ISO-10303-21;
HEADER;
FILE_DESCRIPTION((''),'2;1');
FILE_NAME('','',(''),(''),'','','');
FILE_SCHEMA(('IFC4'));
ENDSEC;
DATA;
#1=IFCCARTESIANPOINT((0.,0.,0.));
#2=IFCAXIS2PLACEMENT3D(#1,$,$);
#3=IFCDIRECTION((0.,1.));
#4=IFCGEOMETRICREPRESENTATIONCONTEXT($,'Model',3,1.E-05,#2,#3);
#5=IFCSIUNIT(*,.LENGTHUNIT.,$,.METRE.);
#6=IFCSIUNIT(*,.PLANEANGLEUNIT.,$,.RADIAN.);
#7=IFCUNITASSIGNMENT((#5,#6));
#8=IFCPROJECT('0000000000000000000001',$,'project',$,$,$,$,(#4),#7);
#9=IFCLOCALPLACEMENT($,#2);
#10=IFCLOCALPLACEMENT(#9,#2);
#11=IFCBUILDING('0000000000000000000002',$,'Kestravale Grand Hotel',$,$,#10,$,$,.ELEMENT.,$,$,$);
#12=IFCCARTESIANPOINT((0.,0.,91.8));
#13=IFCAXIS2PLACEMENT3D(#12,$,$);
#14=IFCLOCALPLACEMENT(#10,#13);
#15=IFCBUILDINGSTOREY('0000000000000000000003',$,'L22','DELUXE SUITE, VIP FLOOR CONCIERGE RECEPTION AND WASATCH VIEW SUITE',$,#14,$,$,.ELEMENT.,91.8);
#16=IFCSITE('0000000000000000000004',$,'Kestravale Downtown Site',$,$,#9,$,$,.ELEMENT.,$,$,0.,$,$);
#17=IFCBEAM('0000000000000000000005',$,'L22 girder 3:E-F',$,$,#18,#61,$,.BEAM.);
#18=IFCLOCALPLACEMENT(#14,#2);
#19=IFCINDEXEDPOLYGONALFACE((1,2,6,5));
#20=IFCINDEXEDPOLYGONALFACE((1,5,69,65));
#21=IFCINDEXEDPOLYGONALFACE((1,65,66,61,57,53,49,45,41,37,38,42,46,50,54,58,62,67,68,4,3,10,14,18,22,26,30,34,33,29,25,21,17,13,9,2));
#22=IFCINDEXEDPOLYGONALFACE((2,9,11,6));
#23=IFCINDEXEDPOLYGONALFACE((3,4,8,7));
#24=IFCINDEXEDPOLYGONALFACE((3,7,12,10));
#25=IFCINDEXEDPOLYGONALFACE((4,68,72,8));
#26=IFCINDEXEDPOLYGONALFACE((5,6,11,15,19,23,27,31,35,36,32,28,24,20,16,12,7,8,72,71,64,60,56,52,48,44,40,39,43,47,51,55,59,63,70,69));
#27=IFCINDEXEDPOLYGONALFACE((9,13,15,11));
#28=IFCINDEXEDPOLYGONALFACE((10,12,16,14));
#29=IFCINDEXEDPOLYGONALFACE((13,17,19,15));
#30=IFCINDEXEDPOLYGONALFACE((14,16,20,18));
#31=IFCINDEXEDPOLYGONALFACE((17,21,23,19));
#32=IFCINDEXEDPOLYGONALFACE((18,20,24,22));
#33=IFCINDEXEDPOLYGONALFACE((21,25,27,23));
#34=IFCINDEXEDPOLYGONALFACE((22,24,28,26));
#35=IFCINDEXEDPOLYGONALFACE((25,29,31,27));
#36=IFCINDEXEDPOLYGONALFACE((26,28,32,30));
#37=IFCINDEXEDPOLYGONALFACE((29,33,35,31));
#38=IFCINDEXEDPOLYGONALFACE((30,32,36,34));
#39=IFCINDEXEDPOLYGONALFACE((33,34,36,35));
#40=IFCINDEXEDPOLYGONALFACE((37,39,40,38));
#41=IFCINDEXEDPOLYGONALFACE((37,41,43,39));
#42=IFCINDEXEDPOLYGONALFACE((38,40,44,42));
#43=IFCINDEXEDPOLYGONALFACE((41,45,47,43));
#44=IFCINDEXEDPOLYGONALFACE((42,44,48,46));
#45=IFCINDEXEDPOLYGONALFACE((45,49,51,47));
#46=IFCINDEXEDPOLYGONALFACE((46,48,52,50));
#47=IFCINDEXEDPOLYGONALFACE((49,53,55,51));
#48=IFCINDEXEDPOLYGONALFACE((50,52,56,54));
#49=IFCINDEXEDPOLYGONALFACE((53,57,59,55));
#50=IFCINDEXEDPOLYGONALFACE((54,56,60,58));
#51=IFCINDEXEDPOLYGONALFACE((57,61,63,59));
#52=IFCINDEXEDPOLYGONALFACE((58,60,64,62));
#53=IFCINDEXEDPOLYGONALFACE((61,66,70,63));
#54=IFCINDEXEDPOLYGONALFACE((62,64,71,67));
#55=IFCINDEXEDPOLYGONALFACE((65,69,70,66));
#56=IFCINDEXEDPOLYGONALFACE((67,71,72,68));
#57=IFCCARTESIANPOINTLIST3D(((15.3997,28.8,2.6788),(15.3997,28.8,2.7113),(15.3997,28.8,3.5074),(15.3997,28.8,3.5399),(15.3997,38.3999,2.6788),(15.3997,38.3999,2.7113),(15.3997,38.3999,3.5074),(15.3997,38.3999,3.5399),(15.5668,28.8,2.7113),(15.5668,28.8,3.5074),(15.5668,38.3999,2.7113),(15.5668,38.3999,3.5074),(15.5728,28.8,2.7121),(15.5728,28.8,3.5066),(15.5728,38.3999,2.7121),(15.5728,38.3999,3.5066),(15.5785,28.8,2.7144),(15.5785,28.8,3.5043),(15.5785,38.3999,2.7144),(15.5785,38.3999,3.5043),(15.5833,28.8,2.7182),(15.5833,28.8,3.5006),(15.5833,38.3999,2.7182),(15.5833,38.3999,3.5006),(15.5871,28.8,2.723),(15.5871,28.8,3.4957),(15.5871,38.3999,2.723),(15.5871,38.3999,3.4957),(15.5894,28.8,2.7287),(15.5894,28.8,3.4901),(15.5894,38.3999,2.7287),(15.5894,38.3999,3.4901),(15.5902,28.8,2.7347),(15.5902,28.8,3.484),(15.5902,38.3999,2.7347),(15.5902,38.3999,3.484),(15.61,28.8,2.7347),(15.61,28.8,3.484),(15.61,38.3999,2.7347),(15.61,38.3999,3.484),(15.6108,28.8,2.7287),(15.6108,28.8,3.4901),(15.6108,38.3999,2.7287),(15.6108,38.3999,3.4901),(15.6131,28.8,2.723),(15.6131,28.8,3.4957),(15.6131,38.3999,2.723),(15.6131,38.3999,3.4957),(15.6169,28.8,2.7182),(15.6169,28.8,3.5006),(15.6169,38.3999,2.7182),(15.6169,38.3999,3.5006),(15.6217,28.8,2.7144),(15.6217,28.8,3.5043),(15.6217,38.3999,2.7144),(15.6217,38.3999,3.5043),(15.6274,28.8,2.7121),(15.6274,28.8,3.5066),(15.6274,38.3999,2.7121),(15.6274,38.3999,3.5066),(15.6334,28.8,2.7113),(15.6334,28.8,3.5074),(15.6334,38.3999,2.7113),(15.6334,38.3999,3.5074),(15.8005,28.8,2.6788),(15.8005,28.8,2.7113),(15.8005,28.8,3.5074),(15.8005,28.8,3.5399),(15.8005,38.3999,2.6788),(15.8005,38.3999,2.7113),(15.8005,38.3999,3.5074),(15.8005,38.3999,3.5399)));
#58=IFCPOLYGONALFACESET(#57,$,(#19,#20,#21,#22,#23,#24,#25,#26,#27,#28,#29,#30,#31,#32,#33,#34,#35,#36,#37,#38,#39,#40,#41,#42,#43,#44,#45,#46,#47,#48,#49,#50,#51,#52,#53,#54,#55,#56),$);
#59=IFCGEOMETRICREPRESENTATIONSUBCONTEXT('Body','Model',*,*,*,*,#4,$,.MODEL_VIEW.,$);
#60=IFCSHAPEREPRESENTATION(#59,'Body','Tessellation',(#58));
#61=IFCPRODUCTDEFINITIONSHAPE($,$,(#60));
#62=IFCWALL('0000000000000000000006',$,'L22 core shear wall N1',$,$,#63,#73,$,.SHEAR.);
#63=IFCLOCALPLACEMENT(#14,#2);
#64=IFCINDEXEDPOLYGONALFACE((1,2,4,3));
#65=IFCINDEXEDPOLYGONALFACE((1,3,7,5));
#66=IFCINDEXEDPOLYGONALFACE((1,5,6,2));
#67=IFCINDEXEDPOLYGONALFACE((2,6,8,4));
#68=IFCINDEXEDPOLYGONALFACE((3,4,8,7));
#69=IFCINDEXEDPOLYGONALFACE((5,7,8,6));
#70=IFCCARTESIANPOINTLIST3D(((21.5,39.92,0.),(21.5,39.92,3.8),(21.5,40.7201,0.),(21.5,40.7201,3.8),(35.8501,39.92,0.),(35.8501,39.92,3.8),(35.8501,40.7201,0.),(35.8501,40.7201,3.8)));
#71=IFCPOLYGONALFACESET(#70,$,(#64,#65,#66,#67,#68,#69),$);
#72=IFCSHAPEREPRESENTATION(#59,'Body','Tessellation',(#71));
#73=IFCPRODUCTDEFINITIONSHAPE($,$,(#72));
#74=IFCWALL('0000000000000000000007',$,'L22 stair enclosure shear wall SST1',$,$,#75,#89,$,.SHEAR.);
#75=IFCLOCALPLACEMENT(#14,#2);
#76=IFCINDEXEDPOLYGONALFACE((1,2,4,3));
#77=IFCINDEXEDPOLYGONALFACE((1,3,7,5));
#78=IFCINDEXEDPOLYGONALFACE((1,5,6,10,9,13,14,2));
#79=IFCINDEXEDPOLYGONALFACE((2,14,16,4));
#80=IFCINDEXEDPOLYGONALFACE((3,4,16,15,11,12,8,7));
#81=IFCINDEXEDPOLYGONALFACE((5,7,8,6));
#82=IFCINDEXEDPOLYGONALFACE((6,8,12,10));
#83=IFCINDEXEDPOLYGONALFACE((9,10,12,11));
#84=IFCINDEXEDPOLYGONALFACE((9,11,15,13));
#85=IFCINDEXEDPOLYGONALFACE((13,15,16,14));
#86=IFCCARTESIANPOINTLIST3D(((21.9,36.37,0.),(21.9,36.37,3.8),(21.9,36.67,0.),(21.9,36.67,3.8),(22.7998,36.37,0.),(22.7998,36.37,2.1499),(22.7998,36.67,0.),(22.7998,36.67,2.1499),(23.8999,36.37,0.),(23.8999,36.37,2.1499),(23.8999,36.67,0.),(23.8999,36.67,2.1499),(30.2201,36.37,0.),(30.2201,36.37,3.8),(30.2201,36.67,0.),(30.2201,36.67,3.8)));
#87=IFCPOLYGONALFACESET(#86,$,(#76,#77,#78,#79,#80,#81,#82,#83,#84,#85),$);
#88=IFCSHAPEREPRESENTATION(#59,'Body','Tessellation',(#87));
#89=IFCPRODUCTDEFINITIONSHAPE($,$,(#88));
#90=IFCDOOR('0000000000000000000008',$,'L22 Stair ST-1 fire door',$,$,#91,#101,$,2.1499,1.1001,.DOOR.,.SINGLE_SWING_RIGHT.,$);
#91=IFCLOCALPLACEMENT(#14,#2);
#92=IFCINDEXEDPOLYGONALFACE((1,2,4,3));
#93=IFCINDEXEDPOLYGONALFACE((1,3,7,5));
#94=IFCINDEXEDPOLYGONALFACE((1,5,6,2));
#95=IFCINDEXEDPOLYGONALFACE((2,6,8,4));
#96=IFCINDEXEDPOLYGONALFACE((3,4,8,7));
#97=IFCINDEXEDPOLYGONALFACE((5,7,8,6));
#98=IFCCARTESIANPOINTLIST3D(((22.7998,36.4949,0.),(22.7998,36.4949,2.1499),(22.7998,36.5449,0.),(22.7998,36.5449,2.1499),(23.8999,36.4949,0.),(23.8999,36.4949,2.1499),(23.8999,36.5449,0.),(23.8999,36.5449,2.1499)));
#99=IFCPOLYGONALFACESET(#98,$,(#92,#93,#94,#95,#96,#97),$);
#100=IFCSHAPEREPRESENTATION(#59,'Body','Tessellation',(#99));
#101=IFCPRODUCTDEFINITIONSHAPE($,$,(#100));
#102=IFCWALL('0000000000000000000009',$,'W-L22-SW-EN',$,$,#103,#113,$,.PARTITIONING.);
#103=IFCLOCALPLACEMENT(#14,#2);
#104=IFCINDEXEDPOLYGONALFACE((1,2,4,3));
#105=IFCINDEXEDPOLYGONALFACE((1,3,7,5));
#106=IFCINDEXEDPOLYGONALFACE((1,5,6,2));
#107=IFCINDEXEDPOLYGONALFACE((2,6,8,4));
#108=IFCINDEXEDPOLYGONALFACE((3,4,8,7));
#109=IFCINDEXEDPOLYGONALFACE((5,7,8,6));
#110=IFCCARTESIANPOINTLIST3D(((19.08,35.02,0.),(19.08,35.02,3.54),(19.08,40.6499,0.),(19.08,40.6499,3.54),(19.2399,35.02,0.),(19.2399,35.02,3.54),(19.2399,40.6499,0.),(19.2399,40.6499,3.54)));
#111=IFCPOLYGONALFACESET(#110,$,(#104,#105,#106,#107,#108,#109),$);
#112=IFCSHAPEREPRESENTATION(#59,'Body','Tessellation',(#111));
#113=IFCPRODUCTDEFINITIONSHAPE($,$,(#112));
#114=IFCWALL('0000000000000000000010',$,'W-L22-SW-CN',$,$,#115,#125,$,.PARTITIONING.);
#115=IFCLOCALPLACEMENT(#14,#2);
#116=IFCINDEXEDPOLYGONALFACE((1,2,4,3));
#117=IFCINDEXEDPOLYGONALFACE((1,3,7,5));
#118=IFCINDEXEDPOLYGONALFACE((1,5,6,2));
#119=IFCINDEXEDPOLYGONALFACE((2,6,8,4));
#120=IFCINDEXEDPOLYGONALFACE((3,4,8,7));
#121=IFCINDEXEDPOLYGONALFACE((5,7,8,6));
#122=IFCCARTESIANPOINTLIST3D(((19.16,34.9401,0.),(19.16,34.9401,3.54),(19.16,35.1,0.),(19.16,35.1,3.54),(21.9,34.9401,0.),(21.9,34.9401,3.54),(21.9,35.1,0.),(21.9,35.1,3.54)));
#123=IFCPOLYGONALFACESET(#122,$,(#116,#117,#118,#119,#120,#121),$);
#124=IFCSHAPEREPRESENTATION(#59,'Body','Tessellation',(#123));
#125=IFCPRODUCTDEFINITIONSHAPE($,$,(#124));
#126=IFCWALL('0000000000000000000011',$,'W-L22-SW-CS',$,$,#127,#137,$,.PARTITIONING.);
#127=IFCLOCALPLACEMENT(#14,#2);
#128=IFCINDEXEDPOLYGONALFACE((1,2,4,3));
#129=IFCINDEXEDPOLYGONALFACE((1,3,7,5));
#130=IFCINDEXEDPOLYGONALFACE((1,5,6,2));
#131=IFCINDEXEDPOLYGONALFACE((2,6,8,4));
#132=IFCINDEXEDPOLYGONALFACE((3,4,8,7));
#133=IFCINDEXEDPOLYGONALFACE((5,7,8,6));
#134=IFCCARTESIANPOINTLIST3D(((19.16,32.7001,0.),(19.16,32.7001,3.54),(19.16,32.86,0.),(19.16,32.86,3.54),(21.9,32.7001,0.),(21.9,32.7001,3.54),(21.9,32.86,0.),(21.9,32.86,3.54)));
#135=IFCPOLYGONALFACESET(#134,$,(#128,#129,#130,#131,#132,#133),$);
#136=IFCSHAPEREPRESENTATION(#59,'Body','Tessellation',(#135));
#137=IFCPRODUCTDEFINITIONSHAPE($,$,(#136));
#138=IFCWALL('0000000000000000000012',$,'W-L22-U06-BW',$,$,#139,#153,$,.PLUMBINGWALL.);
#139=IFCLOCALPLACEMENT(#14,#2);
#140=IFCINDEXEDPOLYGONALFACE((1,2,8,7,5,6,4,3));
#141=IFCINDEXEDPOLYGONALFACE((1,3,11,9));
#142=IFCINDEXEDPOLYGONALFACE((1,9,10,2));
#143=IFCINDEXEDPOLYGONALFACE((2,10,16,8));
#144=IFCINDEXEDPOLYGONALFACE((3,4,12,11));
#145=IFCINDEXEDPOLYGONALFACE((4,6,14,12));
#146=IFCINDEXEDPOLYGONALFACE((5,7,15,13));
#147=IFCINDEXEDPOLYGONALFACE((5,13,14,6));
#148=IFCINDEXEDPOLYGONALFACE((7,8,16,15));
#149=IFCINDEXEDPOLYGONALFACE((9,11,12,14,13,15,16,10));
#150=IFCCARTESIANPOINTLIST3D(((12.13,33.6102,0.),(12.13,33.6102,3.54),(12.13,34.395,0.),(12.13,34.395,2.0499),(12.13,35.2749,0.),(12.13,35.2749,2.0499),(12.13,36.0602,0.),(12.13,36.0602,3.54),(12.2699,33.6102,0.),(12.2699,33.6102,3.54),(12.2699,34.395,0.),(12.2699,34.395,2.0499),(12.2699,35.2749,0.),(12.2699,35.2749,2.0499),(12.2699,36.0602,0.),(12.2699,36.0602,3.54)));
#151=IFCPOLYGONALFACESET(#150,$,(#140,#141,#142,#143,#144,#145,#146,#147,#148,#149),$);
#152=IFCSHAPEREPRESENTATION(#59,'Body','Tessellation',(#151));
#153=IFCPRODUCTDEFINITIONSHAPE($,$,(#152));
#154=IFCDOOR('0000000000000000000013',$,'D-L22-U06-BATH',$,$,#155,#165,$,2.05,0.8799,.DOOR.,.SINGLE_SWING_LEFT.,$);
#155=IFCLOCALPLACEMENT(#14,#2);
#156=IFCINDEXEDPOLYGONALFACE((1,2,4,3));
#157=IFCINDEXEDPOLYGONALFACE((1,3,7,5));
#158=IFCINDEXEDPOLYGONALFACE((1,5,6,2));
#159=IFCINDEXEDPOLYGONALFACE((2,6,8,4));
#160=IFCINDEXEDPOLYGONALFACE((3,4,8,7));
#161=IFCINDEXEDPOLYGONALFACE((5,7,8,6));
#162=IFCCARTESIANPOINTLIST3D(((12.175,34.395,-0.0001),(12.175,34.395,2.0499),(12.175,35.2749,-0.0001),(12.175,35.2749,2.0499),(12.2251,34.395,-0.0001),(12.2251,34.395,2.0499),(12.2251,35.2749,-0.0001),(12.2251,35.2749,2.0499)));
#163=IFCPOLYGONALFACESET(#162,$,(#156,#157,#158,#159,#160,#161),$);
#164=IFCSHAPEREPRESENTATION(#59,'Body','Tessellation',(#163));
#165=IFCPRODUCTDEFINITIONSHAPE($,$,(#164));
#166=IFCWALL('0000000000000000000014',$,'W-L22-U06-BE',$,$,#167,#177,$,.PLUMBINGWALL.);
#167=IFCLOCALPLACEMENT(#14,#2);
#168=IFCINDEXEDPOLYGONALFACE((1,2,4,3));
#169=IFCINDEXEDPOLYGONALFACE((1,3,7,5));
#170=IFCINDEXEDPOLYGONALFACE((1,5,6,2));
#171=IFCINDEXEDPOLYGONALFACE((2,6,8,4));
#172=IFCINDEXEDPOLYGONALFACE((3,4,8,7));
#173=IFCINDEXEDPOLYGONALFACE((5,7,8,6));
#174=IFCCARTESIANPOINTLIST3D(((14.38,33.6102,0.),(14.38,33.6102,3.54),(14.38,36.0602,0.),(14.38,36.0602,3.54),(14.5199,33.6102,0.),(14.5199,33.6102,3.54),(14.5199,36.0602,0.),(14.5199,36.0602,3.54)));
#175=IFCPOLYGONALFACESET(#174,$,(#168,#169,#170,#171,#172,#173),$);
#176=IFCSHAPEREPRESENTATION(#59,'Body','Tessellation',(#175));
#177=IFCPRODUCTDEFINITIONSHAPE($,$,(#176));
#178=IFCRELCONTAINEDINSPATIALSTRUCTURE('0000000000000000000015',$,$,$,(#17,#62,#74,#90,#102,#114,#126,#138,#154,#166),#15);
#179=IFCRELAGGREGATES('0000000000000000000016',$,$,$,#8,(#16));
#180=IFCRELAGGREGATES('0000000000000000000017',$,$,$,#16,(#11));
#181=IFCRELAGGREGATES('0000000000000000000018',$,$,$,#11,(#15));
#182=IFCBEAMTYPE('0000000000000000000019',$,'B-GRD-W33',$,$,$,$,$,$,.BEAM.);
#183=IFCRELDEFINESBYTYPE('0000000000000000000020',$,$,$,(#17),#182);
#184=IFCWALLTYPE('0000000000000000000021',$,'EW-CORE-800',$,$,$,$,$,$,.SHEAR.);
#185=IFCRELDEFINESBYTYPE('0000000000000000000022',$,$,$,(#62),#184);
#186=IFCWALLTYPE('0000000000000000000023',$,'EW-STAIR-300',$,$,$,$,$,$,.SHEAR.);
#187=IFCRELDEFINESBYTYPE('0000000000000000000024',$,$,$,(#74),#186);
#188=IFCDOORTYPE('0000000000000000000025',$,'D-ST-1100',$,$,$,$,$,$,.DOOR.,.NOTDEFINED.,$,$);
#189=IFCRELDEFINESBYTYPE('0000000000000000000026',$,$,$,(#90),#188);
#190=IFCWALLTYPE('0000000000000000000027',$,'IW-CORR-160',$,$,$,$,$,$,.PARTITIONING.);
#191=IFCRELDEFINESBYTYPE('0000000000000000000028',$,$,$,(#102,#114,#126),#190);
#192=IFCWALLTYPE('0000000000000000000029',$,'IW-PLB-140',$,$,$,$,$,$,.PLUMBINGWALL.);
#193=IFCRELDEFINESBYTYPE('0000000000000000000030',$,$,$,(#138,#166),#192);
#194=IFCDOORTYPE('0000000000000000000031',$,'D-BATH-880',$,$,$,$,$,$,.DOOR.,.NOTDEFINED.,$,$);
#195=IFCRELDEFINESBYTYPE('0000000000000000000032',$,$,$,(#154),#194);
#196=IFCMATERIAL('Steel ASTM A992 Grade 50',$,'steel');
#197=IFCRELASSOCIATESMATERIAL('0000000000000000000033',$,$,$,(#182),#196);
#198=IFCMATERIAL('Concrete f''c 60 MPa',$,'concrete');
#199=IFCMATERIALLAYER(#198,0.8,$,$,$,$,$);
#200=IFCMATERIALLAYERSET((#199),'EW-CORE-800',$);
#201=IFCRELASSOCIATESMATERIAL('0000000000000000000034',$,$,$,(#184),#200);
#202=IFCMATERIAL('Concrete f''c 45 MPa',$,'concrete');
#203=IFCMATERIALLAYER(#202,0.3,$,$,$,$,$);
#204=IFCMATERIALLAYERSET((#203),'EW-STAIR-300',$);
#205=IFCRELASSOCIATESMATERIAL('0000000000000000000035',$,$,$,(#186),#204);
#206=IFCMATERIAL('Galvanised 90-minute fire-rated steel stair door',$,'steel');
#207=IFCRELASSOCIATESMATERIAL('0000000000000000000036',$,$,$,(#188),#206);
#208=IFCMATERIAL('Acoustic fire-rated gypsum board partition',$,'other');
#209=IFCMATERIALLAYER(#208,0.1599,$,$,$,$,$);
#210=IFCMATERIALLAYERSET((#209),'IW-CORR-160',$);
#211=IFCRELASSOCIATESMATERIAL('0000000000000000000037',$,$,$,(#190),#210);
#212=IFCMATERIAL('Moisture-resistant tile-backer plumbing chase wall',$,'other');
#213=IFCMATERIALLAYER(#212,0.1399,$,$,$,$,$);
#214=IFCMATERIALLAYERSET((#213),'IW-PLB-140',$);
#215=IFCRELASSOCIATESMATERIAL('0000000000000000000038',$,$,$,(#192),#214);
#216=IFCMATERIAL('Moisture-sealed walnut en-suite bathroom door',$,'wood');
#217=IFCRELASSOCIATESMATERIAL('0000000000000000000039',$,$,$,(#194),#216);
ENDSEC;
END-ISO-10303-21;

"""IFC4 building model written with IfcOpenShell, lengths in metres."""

from ifc_helpers import new_model, si_unit, direction, frame, frame_2d, origin, origin_2d, place, context, subcontext, project, spatial, rectangle, i_section, extrude, material, layer, layer_set, material_profile, profile_set, type_object, element, fill, save


model = new_model("IFC4")

# Units and contexts
model_context = context("Model", 3, precision=1e-05, world=origin(), true_north=direction((0.0, 1.0)))
body_context = subcontext(model_context, "Body", "Model", "MODEL_VIEW")
ifc_project = project(units=[si_unit("LENGTHUNIT", "METRE"), si_unit("PLANEANGLEUNIT", "RADIAN")], contexts=[model_context])

# Site, building, storey
site_placement = place(None, origin())
site = spatial("IfcSite", under=ifc_project, at=site_placement, Name="Kestravale Downtown Site", CompositionType="ELEMENT", RefElevation=0.0)
building_placement = place(site_placement, origin())
building = spatial("IfcBuilding", under=site, at=building_placement, Name="Kestravale Grand Hotel", CompositionType="ELEMENT")
storey_placement = place(building_placement, frame((0.0, 0.0, 91.8)))
storey = spatial("IfcBuildingStorey", under=building, at=storey_placement, Name="L22", Description="DELUXE SUITE, VIP FLOOR CONCIERGE RECEPTION AND WASATCH VIEW SUITE", CompositionType="ELEMENT", Elevation=91.8)

# Beam
ifc_material_1 = material(Name="Steel ASTM A992 Grade 50", Category="steel")
ifc_material_profile_1 = material_profile(ifc_material_1, i_section(OverallWidth=0.4009, OverallDepth=0.8611, WebThickness=0.0198, FlangeThickness=0.0325, FilletRadius=0.0234, at=origin_2d()))
ifc_profile_set_1 = profile_set([ifc_material_profile_1], Name="Steel ASTM A992 Grade 50")
beam_type_1 = type_object("IfcBeamType", Name="B-GRD-W33", PredefinedType="BEAM", material=ifc_profile_set_1)
beam_1_placement = place(storey_placement, frame((15.6001, 28.8, 3.1094), z_axis=(0.0, 1.0, 0.0), x_axis=(-1.0, 0.0, 0.0)))
element("IfcBeam", 1, at=beam_1_placement, inside=storey, type_object=beam_type_1, Name="L22 girder 3:E-F", PredefinedType="BEAM", context=body_context, shape_type="SweptSolid", body=[
    extrude(i_section(OverallWidth=0.4009, OverallDepth=0.8611, WebThickness=0.0198, FlangeThickness=0.0325, FilletRadius=0.0234, at=origin_2d()), origin(), (0.0, 0.0, 1.0), 9.5999),
])

# Wall
ifc_material_2 = material(Name="Concrete f'c 60 MPa", Category="concrete")
ifc_layer_1 = layer(ifc_material_2, 0.8)
ifc_layer_set_1 = layer_set([ifc_layer_1], Name="EW-CORE-800")
wall_type_1 = type_object("IfcWallType", Name="EW-CORE-800", PredefinedType="SHEAR", material=ifc_layer_set_1)
wall_1_placement = place(storey_placement, frame((21.5, 40.3201, 0.0), z_axis=(0.0, 0.0, 1.0), x_axis=(1.0, 0.0, 0.0)))
element("IfcWall", 2, at=wall_1_placement, inside=storey, type_object=wall_type_1, Name="L22 core shear wall N1", PredefinedType="SHEAR", context=body_context, shape_type="SweptSolid", body=[
    extrude(rectangle(XDim=14.3501, YDim=0.8, at=frame_2d((7.175, 0.0))), origin(), (0.0, 0.0, 1.0), 3.8),
])

# Wall, opening, door
ifc_material_3 = material(Name="Concrete f'c 45 MPa", Category="concrete")
ifc_layer_2 = layer(ifc_material_3, 0.3)
ifc_layer_set_2 = layer_set([ifc_layer_2], Name="EW-STAIR-300")
wall_type_2 = type_object("IfcWallType", Name="EW-STAIR-300", PredefinedType="SHEAR", material=ifc_layer_set_2)
wall_2_placement = place(storey_placement, frame((21.8999, 36.52, 0.0), z_axis=(0.0, 0.0, 1.0), x_axis=(1.0, 0.0, 0.0)))
wall_2 = element("IfcWall", 3, at=wall_2_placement, inside=storey, type_object=wall_type_2, Name="L22 stair enclosure shear wall SST1", PredefinedType="SHEAR", context=body_context, shape_type="SweptSolid", body=[
    extrude(rectangle(XDim=8.3201, YDim=0.3, at=frame_2d((4.1602, 0.0))), origin(), (0.0, 0.0, 1.0), 3.8),
])
opening_1_placement = place(wall_2_placement, frame((0.8999, 0.0, 0.0)))
opening_1 = element("IfcOpeningElement", 4, at=opening_1_placement, cuts=wall_2, PredefinedType="OPENING", context=body_context, shape_type="SweptSolid", body=[
    extrude(rectangle(XDim=1.1001, YDim=2.1499, at=frame_2d((0.55, 1.075))), frame((0.0, 0.1599, 0.0), z_axis=(0.0, -1.0, 0.0), x_axis=(1.0, 0.0, 0.0)), (0.0, 0.0, 1.0), 0.3201),
])
ifc_material_4 = material(Name="Galvanised 90-minute fire-rated steel stair door", Category="steel")
door_type_1 = type_object("IfcDoorType", Name="D-ST-1100", OperationType="NOTDEFINED", PredefinedType="DOOR", material=ifc_material_4)
door_1_placement = place(opening_1_placement, origin())
door_1 = element("IfcDoor", 5, at=door_1_placement, inside=storey, type_object=door_type_1, Name="L22 Stair ST-1 fire door", OperationType="SINGLE_SWING_RIGHT", OverallHeight=2.1499, OverallWidth=1.1001, PredefinedType="DOOR", context=body_context, shape_type="SweptSolid", body=[
    extrude(rectangle(XDim=1.1001, YDim=2.1499, at=frame_2d((0.55, 1.075))), frame((0.0, 0.0249, 0.0), z_axis=(0.0, -1.0, 0.0), x_axis=(1.0, 0.0, 0.0)), (0.0, 0.0, 1.0), 0.05),
])
fill(opening_1, door_1)

# Walls
ifc_material_5 = material(Name="Acoustic fire-rated gypsum board partition", Category="other")
ifc_layer_3 = layer(ifc_material_5, 0.1599)
ifc_layer_set_3 = layer_set([ifc_layer_3], Name="IW-CORR-160")
wall_type_3 = type_object("IfcWallType", Name="IW-CORR-160", PredefinedType="PARTITIONING", material=ifc_layer_set_3)
wall_3_placement = place(storey_placement, frame((19.1599, 35.02, 0.0), z_axis=(0.0, 0.0, 1.0), x_axis=(0.0, 1.0, 0.0)))
element("IfcWall", 6, at=wall_3_placement, inside=storey, type_object=wall_type_3, Name="W-L22-SW-EN", PredefinedType="PARTITIONING", context=body_context, shape_type="SweptSolid", body=[
    extrude(rectangle(XDim=5.6299, YDim=0.1599, at=frame_2d((2.8149, 0.0))), origin(), (0.0, 0.0, 1.0), 3.54),
])
for number, where, z_axis, x_axis, name in (
    (7, (19.1599, 35.02, 0.0), (0.0, 0.0, 1.0), (1.0, 0.0, 0.0), "W-L22-SW-CN"),
    (8, (19.1599, 32.78, 0.0), (0.0, 0.0, 1.0), (1.0, 0.0, 0.0), "W-L22-SW-CS"),
):
    element("IfcWall", number, at=place(storey_placement, frame(where, z_axis=z_axis, x_axis=x_axis)), inside=storey, type_object=wall_type_3, Name=name, PredefinedType="PARTITIONING", context=body_context, shape_type="SweptSolid", body=[
        extrude(rectangle(XDim=2.74, YDim=0.1599, at=frame_2d((1.3701, 0.0))), origin(), (0.0, 0.0, 1.0), 3.54),
    ])

# Wall, opening, door
ifc_material_6 = material(Name="Moisture-resistant tile-backer plumbing chase wall", Category="other")
ifc_layer_4 = layer(ifc_material_6, 0.1399)
ifc_layer_set_4 = layer_set([ifc_layer_4], Name="IW-PLB-140")
wall_type_4 = type_object("IfcWallType", Name="IW-PLB-140", PredefinedType="PLUMBINGWALL", material=ifc_layer_set_4)
wall_4_placement = place(storey_placement, frame((12.2, 33.6101, 0.0), z_axis=(0.0, 0.0, 1.0), x_axis=(0.0, 1.0, 0.0)))
wall_4 = element("IfcWall", 9, at=wall_4_placement, inside=storey, type_object=wall_type_4, Name="W-L22-U06-BW", PredefinedType="PLUMBINGWALL", context=body_context, shape_type="SweptSolid", body=[
    extrude(rectangle(XDim=2.45, YDim=0.1399, at=frame_2d((1.2251, 0.0))), origin(), (0.0, 0.0, 1.0), 3.54),
])
opening_2_placement = place(wall_4_placement, frame((0.7849, 0.0, 0.0)))
opening_2 = element("IfcOpeningElement", 10, at=opening_2_placement, cuts=wall_4, PredefinedType="OPENING", context=body_context, shape_type="SweptSolid", body=[
    extrude(rectangle(XDim=0.8799, YDim=2.05, at=frame_2d((0.4399, 1.0249))), frame((0.0, 0.0798, 0.0), z_axis=(0.0, -1.0, 0.0), x_axis=(1.0, 0.0, 0.0)), (0.0, 0.0, 1.0), 0.1599),
])
ifc_material_7 = material(Name="Moisture-sealed walnut en-suite bathroom door", Category="wood")
door_type_2 = type_object("IfcDoorType", Name="D-BATH-880", OperationType="NOTDEFINED", PredefinedType="DOOR", material=ifc_material_7)
door_2_placement = place(opening_2_placement, origin())
door_2 = element("IfcDoor", 11, at=door_2_placement, inside=storey, type_object=door_type_2, Name="D-L22-U06-BATH", OperationType="SINGLE_SWING_LEFT", OverallHeight=2.05, OverallWidth=0.8799, PredefinedType="DOOR", context=body_context, shape_type="SweptSolid", body=[
    extrude(rectangle(XDim=0.8799, YDim=2.05, at=frame_2d((0.4399, 1.0249))), frame((0.0, 0.0249, 0.0), z_axis=(0.0, -1.0, 0.0), x_axis=(1.0, 0.0, 0.0)), (0.0, 0.0, 1.0), 0.05),
])
fill(opening_2, door_2)

# Wall
wall_5_placement = place(storey_placement, frame((14.45, 33.6101, 0.0), z_axis=(0.0, 0.0, 1.0), x_axis=(0.0, 1.0, 0.0)))
element("IfcWall", 12, at=wall_5_placement, inside=storey, type_object=wall_type_4, Name="W-L22-U06-BE", PredefinedType="PLUMBINGWALL", context=body_context, shape_type="SweptSolid", body=[
    extrude(rectangle(XDim=2.45, YDim=0.1399, at=frame_2d((1.2251, 0.0))), origin(), (0.0, 0.0, 1.0), 3.54),
])

save(model, "model.ifc")
